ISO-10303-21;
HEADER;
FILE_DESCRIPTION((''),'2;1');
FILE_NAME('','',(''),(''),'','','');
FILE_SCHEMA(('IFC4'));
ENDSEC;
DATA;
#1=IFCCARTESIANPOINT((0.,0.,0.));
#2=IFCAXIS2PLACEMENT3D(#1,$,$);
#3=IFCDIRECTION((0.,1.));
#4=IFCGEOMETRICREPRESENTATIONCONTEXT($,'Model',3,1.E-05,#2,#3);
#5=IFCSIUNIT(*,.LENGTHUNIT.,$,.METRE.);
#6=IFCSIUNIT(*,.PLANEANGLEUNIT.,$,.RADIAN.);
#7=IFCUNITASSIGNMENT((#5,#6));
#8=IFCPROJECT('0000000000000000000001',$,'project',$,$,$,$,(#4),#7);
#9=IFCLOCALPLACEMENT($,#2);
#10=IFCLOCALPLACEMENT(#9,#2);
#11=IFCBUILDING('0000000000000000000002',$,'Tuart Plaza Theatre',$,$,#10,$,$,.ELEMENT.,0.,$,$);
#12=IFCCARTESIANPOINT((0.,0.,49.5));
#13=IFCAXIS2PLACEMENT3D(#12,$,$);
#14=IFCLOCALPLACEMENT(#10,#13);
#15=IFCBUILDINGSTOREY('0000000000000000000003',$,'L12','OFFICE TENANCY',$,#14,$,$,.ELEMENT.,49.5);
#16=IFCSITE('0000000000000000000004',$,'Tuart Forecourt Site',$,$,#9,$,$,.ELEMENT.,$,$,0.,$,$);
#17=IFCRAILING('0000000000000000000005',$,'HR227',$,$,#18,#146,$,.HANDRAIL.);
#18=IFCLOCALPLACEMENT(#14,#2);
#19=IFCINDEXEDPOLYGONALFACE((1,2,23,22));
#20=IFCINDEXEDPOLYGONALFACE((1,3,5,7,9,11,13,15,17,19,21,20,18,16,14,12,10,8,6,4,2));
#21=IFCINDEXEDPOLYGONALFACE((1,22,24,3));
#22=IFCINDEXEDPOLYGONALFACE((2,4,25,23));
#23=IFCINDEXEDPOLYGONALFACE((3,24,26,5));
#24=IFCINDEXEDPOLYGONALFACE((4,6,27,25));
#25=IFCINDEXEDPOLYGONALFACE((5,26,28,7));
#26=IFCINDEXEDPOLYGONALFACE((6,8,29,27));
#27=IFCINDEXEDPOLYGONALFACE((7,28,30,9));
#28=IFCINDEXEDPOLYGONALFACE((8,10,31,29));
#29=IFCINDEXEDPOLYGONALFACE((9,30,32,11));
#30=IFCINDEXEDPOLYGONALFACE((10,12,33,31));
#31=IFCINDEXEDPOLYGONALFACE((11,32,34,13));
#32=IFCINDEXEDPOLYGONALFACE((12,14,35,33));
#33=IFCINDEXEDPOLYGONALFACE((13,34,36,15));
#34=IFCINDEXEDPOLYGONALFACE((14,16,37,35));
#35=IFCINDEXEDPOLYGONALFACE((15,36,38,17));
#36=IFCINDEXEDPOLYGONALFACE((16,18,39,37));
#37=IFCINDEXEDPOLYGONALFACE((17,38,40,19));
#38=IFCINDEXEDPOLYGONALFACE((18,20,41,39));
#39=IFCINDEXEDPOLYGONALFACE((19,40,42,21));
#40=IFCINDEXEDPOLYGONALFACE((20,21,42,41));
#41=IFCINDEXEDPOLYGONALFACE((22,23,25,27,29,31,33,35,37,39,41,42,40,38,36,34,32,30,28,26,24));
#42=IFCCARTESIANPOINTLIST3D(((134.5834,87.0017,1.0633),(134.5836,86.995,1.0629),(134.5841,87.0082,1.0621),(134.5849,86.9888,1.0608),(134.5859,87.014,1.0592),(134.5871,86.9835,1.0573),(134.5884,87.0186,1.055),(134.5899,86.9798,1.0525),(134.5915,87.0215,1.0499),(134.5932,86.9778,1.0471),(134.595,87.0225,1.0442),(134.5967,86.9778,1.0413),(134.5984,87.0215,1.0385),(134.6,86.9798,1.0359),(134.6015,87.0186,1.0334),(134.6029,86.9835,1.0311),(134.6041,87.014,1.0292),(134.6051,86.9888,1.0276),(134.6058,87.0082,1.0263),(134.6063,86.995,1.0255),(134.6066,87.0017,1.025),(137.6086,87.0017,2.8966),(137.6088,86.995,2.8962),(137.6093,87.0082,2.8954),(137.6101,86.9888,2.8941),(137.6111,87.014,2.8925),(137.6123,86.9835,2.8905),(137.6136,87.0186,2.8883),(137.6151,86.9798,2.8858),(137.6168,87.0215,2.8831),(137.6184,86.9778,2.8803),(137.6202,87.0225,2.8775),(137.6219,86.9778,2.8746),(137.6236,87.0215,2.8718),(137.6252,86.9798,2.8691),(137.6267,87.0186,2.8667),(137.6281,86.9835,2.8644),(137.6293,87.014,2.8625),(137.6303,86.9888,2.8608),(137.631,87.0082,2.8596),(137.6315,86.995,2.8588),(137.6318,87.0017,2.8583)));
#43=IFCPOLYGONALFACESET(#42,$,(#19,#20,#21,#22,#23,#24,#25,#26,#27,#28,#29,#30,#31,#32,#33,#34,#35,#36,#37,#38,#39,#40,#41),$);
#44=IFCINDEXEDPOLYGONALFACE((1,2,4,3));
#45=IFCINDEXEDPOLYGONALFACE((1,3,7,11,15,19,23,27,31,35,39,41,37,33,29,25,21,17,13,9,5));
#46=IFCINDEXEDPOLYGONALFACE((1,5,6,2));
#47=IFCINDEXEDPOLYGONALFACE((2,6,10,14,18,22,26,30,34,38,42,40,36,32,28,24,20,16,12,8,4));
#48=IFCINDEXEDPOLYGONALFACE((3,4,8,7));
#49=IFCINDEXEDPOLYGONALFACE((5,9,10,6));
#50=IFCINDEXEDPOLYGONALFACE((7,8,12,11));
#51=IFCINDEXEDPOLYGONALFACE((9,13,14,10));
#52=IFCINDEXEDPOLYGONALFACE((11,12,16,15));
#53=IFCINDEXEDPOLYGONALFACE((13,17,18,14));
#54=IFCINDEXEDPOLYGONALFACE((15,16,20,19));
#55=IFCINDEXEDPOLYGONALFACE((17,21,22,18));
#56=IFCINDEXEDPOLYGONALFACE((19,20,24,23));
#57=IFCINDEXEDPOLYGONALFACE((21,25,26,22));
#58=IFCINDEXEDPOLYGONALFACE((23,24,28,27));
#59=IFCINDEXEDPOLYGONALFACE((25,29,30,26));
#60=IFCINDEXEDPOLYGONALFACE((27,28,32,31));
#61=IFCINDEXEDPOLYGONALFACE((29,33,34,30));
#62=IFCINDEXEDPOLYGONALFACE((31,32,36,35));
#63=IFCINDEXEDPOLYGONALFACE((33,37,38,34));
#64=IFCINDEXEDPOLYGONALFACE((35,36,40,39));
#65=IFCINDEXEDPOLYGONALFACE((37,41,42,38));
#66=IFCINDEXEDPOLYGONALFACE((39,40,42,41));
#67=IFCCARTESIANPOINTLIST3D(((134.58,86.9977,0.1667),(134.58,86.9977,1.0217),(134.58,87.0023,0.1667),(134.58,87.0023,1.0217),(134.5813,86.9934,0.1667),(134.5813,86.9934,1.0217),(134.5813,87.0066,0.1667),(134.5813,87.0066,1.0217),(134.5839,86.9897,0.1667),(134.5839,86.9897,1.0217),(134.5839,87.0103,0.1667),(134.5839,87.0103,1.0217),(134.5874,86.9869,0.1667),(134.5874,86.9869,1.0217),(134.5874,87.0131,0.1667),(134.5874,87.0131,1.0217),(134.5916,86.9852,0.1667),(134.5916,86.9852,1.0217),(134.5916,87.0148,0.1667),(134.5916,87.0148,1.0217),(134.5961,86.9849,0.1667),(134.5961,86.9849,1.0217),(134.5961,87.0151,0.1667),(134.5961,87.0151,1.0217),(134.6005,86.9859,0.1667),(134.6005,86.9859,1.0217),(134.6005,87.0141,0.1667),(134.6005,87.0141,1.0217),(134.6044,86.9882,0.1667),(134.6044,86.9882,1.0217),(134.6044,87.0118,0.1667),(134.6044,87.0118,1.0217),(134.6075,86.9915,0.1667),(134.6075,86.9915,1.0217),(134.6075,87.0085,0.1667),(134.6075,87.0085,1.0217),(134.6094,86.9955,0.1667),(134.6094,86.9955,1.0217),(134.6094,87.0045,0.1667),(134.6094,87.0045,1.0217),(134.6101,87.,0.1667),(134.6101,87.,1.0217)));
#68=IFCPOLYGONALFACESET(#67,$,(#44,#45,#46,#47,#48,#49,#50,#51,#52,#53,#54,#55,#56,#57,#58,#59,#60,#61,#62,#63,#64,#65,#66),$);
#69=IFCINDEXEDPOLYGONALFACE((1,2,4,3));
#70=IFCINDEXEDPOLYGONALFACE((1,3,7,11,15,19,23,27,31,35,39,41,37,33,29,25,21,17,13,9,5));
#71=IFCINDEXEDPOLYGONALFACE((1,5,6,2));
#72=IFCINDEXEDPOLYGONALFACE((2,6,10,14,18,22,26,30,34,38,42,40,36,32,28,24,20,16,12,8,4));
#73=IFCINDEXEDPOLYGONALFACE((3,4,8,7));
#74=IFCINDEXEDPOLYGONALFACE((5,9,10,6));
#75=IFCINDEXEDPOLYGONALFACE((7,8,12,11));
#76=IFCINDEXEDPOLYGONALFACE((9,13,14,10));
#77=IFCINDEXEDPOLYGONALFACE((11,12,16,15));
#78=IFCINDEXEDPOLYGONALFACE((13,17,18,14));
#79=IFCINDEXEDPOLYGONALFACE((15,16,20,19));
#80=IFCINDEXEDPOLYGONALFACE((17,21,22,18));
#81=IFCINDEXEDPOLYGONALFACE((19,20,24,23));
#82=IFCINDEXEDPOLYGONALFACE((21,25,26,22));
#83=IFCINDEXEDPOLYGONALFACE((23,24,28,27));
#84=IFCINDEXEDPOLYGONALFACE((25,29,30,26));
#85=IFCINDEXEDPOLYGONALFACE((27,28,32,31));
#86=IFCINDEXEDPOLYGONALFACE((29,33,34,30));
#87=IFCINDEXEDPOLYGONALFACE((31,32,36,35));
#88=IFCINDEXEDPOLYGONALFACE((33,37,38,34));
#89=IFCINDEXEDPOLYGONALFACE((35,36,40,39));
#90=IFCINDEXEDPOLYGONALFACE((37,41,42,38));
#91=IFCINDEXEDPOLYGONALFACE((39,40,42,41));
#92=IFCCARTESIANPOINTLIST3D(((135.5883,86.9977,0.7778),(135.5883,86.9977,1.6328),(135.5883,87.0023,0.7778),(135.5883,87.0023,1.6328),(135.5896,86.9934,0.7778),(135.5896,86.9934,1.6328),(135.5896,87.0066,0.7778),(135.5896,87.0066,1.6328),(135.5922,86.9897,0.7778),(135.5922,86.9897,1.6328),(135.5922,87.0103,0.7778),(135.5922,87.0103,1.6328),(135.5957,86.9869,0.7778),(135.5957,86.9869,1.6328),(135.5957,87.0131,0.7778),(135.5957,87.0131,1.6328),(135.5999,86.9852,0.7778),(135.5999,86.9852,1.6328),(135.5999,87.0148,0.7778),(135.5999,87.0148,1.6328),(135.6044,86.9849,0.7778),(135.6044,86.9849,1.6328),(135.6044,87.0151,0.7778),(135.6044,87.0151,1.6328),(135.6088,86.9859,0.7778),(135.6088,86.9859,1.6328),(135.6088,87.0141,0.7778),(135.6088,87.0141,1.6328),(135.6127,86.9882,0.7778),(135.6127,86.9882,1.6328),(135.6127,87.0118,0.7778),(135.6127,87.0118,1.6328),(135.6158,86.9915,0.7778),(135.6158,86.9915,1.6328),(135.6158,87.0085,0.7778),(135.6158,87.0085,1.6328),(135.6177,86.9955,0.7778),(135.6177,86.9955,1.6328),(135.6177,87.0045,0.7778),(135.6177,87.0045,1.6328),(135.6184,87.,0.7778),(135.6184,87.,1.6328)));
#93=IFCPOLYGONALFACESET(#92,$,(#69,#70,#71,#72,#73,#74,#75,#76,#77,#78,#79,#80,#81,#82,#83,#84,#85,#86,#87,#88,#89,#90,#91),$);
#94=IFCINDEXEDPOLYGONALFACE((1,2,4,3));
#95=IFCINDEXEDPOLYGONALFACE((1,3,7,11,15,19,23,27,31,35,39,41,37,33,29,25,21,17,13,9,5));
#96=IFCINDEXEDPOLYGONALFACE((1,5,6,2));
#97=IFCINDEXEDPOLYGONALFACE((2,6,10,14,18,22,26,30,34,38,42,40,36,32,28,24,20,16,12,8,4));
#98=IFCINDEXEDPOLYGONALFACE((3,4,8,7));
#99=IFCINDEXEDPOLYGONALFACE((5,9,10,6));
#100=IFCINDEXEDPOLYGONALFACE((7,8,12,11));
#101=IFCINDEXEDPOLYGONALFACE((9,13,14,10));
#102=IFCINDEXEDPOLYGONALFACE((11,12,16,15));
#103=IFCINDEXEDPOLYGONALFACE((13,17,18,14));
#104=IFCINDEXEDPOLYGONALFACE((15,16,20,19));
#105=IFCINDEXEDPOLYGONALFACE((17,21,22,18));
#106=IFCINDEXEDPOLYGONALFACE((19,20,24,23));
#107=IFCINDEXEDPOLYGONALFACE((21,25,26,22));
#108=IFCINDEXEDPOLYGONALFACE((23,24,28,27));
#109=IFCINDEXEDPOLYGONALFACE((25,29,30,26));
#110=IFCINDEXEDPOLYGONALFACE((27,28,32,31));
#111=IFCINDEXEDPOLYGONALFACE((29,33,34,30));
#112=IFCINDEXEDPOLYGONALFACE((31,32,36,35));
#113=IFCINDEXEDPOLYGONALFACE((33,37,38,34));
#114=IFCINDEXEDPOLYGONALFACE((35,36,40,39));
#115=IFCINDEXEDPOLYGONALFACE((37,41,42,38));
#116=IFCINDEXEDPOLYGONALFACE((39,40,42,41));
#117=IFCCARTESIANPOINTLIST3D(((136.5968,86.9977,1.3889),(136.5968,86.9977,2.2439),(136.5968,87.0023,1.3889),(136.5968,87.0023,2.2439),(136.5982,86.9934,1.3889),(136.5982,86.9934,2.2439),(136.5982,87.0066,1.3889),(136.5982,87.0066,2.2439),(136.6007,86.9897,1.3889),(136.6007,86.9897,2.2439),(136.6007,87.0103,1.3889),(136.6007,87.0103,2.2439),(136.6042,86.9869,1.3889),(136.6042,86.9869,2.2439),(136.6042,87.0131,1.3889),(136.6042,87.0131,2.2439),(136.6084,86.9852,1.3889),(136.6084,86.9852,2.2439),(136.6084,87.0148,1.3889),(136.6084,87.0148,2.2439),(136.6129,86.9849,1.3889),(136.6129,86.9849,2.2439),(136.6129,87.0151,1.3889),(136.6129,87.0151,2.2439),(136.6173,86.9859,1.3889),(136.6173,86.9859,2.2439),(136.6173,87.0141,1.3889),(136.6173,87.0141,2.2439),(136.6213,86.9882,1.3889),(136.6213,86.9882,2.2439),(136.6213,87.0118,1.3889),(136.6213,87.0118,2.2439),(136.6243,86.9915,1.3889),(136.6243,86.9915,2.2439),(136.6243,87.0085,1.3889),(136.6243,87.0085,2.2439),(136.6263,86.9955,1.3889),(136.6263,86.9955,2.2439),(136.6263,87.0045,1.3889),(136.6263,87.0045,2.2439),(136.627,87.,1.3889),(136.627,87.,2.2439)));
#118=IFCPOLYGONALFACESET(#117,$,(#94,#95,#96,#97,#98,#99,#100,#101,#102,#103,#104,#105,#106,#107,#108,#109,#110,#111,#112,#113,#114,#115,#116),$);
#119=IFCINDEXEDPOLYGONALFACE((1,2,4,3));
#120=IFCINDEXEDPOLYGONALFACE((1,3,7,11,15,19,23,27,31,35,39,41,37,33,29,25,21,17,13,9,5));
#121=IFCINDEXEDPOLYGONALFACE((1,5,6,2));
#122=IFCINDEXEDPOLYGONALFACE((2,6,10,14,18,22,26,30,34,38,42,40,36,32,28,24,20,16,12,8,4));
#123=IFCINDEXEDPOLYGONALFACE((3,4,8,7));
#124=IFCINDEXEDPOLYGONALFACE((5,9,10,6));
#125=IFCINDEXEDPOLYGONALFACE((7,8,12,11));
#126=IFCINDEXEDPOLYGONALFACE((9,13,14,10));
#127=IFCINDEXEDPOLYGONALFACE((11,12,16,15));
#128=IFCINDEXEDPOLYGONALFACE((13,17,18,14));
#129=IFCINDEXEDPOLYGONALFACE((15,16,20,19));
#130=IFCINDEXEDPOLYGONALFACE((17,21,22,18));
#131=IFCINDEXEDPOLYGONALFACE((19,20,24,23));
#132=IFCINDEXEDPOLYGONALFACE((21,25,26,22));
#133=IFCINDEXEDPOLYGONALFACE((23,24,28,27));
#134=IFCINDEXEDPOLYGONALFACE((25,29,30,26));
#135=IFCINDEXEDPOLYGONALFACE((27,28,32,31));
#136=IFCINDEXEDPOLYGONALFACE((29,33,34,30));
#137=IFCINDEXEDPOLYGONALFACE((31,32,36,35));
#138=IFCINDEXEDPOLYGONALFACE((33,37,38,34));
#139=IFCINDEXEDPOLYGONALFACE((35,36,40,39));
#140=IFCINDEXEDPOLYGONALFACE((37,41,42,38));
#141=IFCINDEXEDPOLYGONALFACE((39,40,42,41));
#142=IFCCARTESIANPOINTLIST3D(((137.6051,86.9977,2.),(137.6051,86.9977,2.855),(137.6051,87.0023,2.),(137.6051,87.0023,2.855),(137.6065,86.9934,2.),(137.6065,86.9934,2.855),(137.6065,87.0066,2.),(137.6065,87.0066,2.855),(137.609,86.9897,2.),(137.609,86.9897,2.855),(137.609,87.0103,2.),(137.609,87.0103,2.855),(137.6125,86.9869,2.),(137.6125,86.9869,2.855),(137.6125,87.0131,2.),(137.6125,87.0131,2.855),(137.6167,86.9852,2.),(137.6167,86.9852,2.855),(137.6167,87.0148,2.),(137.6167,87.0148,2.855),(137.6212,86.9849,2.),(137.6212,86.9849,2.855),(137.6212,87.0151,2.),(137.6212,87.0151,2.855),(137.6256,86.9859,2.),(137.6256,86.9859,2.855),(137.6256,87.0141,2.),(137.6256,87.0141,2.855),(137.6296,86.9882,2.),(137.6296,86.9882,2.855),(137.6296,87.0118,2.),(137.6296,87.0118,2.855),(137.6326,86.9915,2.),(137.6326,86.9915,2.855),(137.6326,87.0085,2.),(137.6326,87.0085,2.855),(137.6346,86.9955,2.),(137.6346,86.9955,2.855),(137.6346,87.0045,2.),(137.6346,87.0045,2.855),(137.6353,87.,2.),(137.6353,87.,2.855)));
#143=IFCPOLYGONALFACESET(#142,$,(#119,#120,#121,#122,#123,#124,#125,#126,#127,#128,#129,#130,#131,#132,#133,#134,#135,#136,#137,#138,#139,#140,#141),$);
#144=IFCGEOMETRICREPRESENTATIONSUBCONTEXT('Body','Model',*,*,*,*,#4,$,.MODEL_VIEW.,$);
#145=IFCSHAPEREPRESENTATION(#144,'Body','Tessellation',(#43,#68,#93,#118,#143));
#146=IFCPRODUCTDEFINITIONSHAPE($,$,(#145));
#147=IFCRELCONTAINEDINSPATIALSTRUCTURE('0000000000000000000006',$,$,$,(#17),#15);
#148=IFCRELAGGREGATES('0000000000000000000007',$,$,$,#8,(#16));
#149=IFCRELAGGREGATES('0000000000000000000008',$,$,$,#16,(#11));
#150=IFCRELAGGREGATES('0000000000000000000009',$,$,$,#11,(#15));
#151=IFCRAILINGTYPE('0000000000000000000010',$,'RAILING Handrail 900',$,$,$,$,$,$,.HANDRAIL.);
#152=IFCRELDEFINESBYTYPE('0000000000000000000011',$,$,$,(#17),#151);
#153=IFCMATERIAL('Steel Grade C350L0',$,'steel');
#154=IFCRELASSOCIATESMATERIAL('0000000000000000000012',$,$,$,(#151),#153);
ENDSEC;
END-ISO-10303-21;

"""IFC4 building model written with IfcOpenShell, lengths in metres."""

from ifc_helpers import new_model, si_unit, direction, frame, origin, origin_2d, place, context, subcontext, project, spatial, circle, extrude, material, type_object, element, save


model = new_model("IFC4")

# Units and contexts
model_context = context("Model", 3, precision=1e-05, world=origin(), true_north=direction((0.0, 1.0)))
body_context = subcontext(model_context, "Body", "Model", "MODEL_VIEW")
ifc_project = project(units=[si_unit("LENGTHUNIT", "METRE"), si_unit("PLANEANGLEUNIT", "RADIAN")], contexts=[model_context])

# Site, building, storey
site_placement = place(None, origin())
site = spatial("IfcSite", under=ifc_project, at=site_placement, Name="Tuart Forecourt Site", CompositionType="ELEMENT", RefElevation=0.0)
building_placement = place(site_placement, origin())
building = spatial("IfcBuilding", under=site, at=building_placement, Name="Tuart Plaza Theatre", CompositionType="ELEMENT", ElevationOfRefHeight=0.0)
storey_placement = place(building_placement, frame((0.0, 0.0, 49.5)))
storey = spatial("IfcBuildingStorey", under=building, at=storey_placement, Name="L12", Description="OFFICE TENANCY", CompositionType="ELEMENT", Elevation=49.5)

# Railing
ifc_material_1 = material(Name="Steel Grade C350L0", Category="steel")
railing_type_1 = type_object("IfcRailingType", Name="RAILING Handrail 900", PredefinedType="HANDRAIL", material=ifc_material_1)
for number, where, name in (
    (1, (134.595, 87.0, 0.1667), "HR227"),
):
    element("IfcRailing", number, at=place(storey_placement, frame(where)), inside=storey, type_object=railing_type_1, Name=name, PredefinedType="HANDRAIL", context=body_context, shape_type="SweptSolid", body=[
        extrude(circle(Radius=0.0225, at=origin_2d()), frame((0.0, 0.0, 0.8774), z_axis=(0.855219, 0.0, 0.518267), x_axis=(0.0, 1.0, 0.0)), (0.0, 0.0, 1.0), 3.5374),
        extrude(circle(Radius=0.0151, at=origin_2d()), origin(), (0.0, 0.0, 1.0), 0.855),
        extrude(circle(Radius=0.0151, at=origin_2d()), frame((1.0083, 0.0, 0.6111)), (0.0, 0.0, 1.0), 0.855),
        extrude(circle(Radius=0.0151, at=origin_2d()), frame((2.0168, 0.0, 1.2222)), (0.0, 0.0, 1.0), 0.855),
        extrude(circle(Radius=0.0151, at=origin_2d()), frame((3.0251, 0.0, 1.8333)), (0.0, 0.0, 1.0), 0.855),
    ])

save(model, "model.ifc")
